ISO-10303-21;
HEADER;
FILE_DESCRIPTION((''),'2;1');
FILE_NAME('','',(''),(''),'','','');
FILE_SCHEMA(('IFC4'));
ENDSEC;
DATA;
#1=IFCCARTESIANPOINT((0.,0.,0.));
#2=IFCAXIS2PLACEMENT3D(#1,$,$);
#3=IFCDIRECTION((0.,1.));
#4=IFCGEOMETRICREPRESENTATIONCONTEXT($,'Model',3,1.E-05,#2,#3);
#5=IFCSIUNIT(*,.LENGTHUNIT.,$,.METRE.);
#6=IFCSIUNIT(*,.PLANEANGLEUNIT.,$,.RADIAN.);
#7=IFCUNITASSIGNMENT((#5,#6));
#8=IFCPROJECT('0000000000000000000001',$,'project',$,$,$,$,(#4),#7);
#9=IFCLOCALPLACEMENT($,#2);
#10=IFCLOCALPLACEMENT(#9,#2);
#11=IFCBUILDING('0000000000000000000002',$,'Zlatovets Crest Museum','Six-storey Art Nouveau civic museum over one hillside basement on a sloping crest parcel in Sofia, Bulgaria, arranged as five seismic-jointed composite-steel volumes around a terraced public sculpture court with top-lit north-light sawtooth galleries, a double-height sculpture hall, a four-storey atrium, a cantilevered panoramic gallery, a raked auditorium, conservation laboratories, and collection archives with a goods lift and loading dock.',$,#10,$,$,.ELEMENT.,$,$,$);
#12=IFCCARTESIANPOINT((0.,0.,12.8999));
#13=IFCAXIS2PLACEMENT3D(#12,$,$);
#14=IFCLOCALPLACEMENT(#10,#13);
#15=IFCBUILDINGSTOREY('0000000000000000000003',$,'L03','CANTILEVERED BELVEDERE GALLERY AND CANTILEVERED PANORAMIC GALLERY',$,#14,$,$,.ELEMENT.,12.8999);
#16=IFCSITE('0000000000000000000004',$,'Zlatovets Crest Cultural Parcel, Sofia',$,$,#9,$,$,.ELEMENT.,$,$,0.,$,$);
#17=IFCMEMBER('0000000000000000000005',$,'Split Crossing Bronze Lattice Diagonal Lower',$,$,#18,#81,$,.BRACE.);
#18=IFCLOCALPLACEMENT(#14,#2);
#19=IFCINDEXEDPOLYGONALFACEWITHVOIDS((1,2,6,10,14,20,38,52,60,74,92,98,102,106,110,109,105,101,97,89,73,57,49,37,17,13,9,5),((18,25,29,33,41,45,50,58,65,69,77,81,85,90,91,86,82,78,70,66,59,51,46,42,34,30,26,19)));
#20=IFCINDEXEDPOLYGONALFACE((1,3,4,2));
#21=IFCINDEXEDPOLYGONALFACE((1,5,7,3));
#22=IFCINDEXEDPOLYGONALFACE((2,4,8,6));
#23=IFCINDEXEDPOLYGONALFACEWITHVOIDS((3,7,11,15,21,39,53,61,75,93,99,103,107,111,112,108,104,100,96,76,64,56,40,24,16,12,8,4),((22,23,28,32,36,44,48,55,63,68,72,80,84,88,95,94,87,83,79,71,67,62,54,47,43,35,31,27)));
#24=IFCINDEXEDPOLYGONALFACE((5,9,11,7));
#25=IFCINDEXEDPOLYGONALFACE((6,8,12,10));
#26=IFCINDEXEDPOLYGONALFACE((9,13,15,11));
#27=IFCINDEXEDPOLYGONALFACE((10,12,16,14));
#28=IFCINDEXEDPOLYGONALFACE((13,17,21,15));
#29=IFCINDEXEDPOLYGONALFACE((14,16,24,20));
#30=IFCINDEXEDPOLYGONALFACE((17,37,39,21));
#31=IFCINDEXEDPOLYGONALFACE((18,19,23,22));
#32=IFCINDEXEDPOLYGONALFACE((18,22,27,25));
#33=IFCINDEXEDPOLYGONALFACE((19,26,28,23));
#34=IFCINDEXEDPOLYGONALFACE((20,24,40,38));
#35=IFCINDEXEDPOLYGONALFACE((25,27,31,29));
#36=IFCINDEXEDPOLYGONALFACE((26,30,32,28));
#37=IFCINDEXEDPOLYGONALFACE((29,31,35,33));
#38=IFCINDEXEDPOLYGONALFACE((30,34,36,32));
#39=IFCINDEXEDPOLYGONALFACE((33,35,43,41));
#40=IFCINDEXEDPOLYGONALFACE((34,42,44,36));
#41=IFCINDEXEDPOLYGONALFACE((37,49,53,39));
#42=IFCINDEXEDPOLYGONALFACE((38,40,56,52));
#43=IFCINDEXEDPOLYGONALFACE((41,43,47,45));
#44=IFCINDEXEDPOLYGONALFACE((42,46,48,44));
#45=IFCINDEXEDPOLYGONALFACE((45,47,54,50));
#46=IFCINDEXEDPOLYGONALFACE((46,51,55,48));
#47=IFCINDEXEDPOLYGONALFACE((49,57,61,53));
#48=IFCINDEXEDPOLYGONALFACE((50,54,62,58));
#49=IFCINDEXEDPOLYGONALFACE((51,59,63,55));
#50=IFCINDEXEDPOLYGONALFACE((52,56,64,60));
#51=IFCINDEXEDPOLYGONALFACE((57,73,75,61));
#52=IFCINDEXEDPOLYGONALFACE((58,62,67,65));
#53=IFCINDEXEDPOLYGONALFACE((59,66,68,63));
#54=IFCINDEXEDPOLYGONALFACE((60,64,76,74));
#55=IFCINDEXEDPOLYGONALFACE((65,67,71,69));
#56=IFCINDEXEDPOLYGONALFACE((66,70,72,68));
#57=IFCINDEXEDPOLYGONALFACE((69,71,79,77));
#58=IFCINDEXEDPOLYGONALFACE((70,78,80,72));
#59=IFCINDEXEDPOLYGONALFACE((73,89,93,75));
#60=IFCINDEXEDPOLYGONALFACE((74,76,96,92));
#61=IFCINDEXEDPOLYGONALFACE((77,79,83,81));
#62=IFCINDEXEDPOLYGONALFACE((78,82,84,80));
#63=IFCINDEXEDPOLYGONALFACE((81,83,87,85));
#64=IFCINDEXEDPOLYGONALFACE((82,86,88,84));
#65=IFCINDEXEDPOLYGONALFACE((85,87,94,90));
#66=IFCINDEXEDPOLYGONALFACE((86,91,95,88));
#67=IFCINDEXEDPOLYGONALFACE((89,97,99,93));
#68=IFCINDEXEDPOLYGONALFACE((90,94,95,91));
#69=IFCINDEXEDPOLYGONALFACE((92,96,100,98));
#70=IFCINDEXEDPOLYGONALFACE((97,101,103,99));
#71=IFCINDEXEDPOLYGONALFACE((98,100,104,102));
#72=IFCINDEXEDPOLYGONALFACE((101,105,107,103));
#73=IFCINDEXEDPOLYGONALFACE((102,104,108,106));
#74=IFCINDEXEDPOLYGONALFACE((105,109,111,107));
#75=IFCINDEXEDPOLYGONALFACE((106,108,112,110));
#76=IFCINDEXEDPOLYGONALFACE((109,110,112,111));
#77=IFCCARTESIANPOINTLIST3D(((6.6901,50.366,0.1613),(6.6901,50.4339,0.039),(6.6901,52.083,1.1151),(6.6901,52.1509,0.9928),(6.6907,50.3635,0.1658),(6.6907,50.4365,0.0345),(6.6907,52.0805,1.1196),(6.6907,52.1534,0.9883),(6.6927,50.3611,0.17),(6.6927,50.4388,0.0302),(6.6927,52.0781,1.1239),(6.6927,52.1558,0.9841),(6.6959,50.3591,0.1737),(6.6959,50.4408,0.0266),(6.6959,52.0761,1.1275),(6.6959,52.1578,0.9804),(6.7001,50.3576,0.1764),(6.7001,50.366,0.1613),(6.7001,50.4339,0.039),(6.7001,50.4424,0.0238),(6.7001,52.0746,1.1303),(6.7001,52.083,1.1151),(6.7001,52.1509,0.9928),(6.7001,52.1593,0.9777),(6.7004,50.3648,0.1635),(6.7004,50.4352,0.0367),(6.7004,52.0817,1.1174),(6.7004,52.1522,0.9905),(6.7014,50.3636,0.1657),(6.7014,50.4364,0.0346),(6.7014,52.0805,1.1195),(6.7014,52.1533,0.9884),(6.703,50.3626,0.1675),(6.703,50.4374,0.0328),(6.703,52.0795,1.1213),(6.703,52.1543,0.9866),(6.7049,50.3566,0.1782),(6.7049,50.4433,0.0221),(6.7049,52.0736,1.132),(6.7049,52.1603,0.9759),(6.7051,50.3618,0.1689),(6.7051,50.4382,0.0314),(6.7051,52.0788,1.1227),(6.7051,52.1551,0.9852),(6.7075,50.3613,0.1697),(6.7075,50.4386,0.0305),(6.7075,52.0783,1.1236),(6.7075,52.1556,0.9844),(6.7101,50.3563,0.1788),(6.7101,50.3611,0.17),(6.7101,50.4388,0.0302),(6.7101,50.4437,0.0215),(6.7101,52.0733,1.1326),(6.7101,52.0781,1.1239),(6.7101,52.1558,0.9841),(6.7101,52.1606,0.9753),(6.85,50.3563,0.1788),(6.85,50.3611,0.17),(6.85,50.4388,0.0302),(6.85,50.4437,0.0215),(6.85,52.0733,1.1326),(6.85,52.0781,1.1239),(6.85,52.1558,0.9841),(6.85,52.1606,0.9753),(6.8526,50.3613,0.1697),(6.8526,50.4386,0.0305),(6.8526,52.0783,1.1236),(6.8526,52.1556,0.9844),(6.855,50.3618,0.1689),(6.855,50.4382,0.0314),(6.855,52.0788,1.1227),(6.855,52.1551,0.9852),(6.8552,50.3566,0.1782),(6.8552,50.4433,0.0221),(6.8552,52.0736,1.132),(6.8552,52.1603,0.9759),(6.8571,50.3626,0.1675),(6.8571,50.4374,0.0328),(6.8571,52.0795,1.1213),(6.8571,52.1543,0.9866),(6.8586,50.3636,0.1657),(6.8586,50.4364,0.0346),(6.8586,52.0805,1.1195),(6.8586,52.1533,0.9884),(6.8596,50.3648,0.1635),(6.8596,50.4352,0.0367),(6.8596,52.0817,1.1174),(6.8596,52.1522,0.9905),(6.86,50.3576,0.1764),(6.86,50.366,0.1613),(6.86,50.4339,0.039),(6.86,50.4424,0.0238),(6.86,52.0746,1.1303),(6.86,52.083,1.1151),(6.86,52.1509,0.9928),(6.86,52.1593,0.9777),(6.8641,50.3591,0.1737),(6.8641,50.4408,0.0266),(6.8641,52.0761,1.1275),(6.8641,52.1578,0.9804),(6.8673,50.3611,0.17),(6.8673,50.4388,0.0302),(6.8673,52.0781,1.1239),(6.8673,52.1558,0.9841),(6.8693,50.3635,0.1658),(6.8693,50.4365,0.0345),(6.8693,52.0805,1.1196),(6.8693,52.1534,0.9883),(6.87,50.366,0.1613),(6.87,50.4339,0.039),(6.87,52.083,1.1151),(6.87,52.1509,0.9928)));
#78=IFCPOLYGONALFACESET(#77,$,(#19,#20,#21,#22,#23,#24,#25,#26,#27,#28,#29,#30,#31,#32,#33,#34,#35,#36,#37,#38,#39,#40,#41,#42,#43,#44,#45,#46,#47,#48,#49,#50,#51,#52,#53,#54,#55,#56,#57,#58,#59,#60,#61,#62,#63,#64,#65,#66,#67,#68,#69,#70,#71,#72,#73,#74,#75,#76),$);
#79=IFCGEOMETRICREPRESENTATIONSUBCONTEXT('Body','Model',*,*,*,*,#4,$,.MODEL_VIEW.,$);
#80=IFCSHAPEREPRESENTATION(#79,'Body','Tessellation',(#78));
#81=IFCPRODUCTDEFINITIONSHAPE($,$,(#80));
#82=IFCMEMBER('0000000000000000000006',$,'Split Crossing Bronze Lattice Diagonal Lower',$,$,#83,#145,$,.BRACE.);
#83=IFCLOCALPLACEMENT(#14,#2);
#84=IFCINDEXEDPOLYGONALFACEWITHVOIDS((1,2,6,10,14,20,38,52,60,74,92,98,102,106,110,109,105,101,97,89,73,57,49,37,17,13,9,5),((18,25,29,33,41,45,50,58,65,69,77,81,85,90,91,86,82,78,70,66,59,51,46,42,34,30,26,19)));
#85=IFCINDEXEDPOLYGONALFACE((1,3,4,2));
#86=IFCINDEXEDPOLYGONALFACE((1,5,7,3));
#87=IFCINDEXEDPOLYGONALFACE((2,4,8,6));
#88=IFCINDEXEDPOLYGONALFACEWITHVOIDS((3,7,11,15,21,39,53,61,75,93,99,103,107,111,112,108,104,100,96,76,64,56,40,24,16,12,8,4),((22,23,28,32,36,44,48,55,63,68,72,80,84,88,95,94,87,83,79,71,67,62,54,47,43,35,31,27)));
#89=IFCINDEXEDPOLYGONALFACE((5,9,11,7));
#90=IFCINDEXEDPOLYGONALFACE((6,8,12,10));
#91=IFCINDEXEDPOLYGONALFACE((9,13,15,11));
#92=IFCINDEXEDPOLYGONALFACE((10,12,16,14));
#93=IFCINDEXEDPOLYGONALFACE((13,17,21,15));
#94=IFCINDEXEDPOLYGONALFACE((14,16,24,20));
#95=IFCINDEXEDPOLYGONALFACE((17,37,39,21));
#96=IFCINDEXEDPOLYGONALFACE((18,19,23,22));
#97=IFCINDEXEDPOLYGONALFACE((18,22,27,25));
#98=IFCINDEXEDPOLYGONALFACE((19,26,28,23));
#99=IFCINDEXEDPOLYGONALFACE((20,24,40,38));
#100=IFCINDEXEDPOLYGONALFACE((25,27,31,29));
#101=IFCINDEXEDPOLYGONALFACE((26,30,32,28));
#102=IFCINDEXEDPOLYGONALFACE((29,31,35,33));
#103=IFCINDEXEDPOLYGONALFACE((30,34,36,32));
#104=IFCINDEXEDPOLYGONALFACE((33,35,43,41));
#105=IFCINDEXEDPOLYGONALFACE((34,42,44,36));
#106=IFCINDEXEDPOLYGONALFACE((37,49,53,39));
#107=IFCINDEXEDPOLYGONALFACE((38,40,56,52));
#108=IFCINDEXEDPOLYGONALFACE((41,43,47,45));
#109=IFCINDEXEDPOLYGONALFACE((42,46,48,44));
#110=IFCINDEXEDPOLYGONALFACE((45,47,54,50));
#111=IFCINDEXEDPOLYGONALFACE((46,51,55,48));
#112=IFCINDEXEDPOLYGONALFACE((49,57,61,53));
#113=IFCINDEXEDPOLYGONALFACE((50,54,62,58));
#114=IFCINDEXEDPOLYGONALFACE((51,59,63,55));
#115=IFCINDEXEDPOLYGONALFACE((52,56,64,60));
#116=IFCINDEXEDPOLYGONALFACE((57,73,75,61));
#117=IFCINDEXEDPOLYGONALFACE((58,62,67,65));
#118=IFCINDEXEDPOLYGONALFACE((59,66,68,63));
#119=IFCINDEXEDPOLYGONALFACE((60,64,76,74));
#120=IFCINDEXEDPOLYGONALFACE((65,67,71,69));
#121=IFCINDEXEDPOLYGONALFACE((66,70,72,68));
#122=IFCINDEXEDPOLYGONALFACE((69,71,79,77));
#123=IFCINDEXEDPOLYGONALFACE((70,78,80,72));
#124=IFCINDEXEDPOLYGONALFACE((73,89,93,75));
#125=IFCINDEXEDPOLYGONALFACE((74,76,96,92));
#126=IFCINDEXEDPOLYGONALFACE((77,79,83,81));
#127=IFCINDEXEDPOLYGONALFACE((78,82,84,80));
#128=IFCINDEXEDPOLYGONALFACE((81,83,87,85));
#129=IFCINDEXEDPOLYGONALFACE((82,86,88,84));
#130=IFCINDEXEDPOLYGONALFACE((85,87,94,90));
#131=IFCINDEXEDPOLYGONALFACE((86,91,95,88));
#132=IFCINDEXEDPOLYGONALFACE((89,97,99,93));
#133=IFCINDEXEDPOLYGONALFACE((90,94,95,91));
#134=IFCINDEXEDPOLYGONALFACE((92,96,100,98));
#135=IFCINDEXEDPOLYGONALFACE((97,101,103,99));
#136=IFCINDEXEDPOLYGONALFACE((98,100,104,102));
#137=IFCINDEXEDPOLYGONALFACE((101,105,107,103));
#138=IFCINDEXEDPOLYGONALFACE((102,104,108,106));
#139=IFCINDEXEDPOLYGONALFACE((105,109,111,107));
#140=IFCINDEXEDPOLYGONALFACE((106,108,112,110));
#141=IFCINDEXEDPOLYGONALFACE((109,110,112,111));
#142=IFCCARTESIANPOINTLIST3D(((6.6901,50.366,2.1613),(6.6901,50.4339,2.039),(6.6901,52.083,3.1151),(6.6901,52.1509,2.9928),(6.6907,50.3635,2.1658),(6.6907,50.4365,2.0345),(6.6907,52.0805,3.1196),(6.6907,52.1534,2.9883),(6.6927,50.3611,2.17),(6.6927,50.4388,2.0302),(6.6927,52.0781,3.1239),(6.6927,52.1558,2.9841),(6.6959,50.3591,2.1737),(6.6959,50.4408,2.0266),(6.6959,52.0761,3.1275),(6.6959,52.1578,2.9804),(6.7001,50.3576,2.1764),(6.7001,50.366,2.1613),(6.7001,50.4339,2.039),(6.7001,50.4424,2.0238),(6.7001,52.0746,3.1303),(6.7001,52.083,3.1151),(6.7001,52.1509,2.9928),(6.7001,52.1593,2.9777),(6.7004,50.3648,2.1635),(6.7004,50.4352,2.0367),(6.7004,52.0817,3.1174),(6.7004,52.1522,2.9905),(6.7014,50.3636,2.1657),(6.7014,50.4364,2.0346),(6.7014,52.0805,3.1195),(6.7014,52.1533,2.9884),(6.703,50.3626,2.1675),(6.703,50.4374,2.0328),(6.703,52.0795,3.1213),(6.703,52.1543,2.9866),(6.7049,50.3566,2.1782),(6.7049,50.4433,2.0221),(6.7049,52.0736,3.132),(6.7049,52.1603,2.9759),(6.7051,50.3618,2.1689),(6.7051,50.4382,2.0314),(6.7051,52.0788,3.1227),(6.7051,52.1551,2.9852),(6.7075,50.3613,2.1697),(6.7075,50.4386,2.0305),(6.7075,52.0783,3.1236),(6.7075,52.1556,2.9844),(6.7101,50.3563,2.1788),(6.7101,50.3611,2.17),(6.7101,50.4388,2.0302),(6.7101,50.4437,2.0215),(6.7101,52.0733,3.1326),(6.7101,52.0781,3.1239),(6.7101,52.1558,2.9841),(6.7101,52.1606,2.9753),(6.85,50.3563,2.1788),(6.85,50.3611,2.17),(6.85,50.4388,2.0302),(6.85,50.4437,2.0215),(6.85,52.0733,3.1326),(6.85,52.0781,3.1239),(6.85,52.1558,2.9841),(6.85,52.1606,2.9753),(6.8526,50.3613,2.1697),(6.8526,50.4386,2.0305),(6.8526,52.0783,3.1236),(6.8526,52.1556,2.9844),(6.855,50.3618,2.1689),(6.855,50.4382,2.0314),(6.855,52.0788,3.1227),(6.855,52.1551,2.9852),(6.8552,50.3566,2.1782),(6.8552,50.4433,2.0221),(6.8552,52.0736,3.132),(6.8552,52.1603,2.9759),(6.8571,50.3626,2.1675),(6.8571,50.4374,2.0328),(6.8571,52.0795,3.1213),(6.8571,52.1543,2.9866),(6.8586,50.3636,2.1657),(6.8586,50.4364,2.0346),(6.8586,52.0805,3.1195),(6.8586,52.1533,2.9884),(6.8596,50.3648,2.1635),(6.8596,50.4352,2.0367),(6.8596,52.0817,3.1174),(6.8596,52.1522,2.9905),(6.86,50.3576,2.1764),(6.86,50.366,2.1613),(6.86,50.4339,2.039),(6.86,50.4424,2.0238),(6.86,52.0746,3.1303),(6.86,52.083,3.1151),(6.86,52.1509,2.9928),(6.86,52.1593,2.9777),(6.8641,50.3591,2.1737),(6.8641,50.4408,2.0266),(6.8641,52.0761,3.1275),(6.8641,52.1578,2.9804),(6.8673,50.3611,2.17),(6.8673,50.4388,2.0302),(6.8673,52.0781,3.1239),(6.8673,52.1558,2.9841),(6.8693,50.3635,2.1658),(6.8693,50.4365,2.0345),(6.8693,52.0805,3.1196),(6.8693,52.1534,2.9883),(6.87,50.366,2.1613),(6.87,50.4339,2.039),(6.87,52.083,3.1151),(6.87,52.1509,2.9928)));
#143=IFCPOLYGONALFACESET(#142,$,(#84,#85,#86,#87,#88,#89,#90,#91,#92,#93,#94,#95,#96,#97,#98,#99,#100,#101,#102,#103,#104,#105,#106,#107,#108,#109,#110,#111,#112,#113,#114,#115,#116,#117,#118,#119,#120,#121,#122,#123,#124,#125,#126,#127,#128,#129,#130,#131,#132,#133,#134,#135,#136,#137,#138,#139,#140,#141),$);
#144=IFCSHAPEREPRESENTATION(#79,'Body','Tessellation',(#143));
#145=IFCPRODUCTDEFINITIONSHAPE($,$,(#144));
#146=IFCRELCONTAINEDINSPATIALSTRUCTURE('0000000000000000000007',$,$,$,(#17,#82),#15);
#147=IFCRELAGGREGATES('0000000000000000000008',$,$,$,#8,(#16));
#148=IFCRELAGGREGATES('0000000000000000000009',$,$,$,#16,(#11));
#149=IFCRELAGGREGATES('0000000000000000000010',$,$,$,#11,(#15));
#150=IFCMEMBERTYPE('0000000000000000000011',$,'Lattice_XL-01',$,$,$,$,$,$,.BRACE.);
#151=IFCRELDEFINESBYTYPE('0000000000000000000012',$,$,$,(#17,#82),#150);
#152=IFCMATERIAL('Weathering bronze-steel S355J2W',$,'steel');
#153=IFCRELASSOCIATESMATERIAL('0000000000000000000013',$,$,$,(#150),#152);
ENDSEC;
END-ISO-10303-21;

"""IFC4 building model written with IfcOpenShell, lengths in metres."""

from ifc_helpers import new_model, si_unit, direction, frame, origin, origin_2d, place, context, subcontext, project, spatial, hollow_rectangle, extrude, material, material_profile, profile_set, type_object, element, save


model = new_model("IFC4")

# Units and contexts
model_context = context("Model", 3, precision=1e-05, world=origin(), true_north=direction((0.0, 1.0)))
body_context = subcontext(model_context, "Body", "Model", "MODEL_VIEW")
ifc_project = project(units=[si_unit("LENGTHUNIT", "METRE"), si_unit("PLANEANGLEUNIT", "RADIAN")], contexts=[model_context])

# Site, building, storey
site_placement = place(None, origin())
site = spatial("IfcSite", under=ifc_project, at=site_placement, Name="Zlatovets Crest Cultural Parcel, Sofia", CompositionType="ELEMENT", RefElevation=0.0)
building_placement = place(site_placement, origin())
building = spatial("IfcBuilding", under=site, at=building_placement, Name="Zlatovets Crest Museum", Description="Six-storey Art Nouveau civic museum over one hillside basement on a sloping crest parcel in Sofia, Bulgaria, arranged as five seismic-jointed composite-steel volumes around a terraced public sculpture court with top-lit north-light sawtooth galleries, a double-height sculpture hall, a four-storey atrium, a cantilevered panoramic gallery, a raked auditorium, conservation laboratories, and collection archives with a goods lift and loading dock.", CompositionType="ELEMENT")
storey_placement = place(building_placement, frame((0.0, 0.0, 12.8999)))
storey = spatial("IfcBuildingStorey", under=building, at=storey_placement, Name="L03", Description="CANTILEVERED BELVEDERE GALLERY AND CANTILEVERED PANORAMIC GALLERY", CompositionType="ELEMENT", Elevation=12.8999)

# Members
ifc_material_1 = material(Name="Weathering bronze-steel S355J2W", Category="steel")
ifc_material_profile_1 = material_profile(ifc_material_1, hollow_rectangle(XDim=0.1799, YDim=0.1799, WallThickness=0.01, InnerFilletRadius=0.01, OuterFilletRadius=0.02, at=origin_2d()), Name="SHS 180x180x10.0")
ifc_profile_set_1 = profile_set([ifc_material_profile_1], Name="Weathering bronze-steel S355J2W")
member_type_1 = type_object("IfcMemberType", Name="Lattice_XL-01", PredefinedType="BRACE", material=ifc_profile_set_1)
for number, where, z_axis, x_axis, name in (
    (1, (6.78, 52.1169, 1.054), (0.0, -0.874169, -0.485622), (1.0, 0.0, 0.0), "Split Crossing Bronze Lattice Diagonal Lower"),
    (2, (6.78, 52.1169, 3.054), (0.0, -0.874169, -0.485622), (1.0, 0.0, 0.0), "Split Crossing Bronze Lattice Diagonal Lower"),
):
    element("IfcMember", number, at=place(storey_placement, frame(where, z_axis=z_axis, x_axis=x_axis)), inside=storey, type_object=member_type_1, Name=name, PredefinedType="BRACE", context=body_context, shape_type="SweptSolid", body=[
        extrude(hollow_rectangle(XDim=0.1799, YDim=0.1799, WallThickness=0.01, InnerFilletRadius=0.01, OuterFilletRadius=0.02, at=origin_2d()), origin(), (0.0, 0.0, 1.0), 1.9641),
    ])

save(model, "model.ifc")
